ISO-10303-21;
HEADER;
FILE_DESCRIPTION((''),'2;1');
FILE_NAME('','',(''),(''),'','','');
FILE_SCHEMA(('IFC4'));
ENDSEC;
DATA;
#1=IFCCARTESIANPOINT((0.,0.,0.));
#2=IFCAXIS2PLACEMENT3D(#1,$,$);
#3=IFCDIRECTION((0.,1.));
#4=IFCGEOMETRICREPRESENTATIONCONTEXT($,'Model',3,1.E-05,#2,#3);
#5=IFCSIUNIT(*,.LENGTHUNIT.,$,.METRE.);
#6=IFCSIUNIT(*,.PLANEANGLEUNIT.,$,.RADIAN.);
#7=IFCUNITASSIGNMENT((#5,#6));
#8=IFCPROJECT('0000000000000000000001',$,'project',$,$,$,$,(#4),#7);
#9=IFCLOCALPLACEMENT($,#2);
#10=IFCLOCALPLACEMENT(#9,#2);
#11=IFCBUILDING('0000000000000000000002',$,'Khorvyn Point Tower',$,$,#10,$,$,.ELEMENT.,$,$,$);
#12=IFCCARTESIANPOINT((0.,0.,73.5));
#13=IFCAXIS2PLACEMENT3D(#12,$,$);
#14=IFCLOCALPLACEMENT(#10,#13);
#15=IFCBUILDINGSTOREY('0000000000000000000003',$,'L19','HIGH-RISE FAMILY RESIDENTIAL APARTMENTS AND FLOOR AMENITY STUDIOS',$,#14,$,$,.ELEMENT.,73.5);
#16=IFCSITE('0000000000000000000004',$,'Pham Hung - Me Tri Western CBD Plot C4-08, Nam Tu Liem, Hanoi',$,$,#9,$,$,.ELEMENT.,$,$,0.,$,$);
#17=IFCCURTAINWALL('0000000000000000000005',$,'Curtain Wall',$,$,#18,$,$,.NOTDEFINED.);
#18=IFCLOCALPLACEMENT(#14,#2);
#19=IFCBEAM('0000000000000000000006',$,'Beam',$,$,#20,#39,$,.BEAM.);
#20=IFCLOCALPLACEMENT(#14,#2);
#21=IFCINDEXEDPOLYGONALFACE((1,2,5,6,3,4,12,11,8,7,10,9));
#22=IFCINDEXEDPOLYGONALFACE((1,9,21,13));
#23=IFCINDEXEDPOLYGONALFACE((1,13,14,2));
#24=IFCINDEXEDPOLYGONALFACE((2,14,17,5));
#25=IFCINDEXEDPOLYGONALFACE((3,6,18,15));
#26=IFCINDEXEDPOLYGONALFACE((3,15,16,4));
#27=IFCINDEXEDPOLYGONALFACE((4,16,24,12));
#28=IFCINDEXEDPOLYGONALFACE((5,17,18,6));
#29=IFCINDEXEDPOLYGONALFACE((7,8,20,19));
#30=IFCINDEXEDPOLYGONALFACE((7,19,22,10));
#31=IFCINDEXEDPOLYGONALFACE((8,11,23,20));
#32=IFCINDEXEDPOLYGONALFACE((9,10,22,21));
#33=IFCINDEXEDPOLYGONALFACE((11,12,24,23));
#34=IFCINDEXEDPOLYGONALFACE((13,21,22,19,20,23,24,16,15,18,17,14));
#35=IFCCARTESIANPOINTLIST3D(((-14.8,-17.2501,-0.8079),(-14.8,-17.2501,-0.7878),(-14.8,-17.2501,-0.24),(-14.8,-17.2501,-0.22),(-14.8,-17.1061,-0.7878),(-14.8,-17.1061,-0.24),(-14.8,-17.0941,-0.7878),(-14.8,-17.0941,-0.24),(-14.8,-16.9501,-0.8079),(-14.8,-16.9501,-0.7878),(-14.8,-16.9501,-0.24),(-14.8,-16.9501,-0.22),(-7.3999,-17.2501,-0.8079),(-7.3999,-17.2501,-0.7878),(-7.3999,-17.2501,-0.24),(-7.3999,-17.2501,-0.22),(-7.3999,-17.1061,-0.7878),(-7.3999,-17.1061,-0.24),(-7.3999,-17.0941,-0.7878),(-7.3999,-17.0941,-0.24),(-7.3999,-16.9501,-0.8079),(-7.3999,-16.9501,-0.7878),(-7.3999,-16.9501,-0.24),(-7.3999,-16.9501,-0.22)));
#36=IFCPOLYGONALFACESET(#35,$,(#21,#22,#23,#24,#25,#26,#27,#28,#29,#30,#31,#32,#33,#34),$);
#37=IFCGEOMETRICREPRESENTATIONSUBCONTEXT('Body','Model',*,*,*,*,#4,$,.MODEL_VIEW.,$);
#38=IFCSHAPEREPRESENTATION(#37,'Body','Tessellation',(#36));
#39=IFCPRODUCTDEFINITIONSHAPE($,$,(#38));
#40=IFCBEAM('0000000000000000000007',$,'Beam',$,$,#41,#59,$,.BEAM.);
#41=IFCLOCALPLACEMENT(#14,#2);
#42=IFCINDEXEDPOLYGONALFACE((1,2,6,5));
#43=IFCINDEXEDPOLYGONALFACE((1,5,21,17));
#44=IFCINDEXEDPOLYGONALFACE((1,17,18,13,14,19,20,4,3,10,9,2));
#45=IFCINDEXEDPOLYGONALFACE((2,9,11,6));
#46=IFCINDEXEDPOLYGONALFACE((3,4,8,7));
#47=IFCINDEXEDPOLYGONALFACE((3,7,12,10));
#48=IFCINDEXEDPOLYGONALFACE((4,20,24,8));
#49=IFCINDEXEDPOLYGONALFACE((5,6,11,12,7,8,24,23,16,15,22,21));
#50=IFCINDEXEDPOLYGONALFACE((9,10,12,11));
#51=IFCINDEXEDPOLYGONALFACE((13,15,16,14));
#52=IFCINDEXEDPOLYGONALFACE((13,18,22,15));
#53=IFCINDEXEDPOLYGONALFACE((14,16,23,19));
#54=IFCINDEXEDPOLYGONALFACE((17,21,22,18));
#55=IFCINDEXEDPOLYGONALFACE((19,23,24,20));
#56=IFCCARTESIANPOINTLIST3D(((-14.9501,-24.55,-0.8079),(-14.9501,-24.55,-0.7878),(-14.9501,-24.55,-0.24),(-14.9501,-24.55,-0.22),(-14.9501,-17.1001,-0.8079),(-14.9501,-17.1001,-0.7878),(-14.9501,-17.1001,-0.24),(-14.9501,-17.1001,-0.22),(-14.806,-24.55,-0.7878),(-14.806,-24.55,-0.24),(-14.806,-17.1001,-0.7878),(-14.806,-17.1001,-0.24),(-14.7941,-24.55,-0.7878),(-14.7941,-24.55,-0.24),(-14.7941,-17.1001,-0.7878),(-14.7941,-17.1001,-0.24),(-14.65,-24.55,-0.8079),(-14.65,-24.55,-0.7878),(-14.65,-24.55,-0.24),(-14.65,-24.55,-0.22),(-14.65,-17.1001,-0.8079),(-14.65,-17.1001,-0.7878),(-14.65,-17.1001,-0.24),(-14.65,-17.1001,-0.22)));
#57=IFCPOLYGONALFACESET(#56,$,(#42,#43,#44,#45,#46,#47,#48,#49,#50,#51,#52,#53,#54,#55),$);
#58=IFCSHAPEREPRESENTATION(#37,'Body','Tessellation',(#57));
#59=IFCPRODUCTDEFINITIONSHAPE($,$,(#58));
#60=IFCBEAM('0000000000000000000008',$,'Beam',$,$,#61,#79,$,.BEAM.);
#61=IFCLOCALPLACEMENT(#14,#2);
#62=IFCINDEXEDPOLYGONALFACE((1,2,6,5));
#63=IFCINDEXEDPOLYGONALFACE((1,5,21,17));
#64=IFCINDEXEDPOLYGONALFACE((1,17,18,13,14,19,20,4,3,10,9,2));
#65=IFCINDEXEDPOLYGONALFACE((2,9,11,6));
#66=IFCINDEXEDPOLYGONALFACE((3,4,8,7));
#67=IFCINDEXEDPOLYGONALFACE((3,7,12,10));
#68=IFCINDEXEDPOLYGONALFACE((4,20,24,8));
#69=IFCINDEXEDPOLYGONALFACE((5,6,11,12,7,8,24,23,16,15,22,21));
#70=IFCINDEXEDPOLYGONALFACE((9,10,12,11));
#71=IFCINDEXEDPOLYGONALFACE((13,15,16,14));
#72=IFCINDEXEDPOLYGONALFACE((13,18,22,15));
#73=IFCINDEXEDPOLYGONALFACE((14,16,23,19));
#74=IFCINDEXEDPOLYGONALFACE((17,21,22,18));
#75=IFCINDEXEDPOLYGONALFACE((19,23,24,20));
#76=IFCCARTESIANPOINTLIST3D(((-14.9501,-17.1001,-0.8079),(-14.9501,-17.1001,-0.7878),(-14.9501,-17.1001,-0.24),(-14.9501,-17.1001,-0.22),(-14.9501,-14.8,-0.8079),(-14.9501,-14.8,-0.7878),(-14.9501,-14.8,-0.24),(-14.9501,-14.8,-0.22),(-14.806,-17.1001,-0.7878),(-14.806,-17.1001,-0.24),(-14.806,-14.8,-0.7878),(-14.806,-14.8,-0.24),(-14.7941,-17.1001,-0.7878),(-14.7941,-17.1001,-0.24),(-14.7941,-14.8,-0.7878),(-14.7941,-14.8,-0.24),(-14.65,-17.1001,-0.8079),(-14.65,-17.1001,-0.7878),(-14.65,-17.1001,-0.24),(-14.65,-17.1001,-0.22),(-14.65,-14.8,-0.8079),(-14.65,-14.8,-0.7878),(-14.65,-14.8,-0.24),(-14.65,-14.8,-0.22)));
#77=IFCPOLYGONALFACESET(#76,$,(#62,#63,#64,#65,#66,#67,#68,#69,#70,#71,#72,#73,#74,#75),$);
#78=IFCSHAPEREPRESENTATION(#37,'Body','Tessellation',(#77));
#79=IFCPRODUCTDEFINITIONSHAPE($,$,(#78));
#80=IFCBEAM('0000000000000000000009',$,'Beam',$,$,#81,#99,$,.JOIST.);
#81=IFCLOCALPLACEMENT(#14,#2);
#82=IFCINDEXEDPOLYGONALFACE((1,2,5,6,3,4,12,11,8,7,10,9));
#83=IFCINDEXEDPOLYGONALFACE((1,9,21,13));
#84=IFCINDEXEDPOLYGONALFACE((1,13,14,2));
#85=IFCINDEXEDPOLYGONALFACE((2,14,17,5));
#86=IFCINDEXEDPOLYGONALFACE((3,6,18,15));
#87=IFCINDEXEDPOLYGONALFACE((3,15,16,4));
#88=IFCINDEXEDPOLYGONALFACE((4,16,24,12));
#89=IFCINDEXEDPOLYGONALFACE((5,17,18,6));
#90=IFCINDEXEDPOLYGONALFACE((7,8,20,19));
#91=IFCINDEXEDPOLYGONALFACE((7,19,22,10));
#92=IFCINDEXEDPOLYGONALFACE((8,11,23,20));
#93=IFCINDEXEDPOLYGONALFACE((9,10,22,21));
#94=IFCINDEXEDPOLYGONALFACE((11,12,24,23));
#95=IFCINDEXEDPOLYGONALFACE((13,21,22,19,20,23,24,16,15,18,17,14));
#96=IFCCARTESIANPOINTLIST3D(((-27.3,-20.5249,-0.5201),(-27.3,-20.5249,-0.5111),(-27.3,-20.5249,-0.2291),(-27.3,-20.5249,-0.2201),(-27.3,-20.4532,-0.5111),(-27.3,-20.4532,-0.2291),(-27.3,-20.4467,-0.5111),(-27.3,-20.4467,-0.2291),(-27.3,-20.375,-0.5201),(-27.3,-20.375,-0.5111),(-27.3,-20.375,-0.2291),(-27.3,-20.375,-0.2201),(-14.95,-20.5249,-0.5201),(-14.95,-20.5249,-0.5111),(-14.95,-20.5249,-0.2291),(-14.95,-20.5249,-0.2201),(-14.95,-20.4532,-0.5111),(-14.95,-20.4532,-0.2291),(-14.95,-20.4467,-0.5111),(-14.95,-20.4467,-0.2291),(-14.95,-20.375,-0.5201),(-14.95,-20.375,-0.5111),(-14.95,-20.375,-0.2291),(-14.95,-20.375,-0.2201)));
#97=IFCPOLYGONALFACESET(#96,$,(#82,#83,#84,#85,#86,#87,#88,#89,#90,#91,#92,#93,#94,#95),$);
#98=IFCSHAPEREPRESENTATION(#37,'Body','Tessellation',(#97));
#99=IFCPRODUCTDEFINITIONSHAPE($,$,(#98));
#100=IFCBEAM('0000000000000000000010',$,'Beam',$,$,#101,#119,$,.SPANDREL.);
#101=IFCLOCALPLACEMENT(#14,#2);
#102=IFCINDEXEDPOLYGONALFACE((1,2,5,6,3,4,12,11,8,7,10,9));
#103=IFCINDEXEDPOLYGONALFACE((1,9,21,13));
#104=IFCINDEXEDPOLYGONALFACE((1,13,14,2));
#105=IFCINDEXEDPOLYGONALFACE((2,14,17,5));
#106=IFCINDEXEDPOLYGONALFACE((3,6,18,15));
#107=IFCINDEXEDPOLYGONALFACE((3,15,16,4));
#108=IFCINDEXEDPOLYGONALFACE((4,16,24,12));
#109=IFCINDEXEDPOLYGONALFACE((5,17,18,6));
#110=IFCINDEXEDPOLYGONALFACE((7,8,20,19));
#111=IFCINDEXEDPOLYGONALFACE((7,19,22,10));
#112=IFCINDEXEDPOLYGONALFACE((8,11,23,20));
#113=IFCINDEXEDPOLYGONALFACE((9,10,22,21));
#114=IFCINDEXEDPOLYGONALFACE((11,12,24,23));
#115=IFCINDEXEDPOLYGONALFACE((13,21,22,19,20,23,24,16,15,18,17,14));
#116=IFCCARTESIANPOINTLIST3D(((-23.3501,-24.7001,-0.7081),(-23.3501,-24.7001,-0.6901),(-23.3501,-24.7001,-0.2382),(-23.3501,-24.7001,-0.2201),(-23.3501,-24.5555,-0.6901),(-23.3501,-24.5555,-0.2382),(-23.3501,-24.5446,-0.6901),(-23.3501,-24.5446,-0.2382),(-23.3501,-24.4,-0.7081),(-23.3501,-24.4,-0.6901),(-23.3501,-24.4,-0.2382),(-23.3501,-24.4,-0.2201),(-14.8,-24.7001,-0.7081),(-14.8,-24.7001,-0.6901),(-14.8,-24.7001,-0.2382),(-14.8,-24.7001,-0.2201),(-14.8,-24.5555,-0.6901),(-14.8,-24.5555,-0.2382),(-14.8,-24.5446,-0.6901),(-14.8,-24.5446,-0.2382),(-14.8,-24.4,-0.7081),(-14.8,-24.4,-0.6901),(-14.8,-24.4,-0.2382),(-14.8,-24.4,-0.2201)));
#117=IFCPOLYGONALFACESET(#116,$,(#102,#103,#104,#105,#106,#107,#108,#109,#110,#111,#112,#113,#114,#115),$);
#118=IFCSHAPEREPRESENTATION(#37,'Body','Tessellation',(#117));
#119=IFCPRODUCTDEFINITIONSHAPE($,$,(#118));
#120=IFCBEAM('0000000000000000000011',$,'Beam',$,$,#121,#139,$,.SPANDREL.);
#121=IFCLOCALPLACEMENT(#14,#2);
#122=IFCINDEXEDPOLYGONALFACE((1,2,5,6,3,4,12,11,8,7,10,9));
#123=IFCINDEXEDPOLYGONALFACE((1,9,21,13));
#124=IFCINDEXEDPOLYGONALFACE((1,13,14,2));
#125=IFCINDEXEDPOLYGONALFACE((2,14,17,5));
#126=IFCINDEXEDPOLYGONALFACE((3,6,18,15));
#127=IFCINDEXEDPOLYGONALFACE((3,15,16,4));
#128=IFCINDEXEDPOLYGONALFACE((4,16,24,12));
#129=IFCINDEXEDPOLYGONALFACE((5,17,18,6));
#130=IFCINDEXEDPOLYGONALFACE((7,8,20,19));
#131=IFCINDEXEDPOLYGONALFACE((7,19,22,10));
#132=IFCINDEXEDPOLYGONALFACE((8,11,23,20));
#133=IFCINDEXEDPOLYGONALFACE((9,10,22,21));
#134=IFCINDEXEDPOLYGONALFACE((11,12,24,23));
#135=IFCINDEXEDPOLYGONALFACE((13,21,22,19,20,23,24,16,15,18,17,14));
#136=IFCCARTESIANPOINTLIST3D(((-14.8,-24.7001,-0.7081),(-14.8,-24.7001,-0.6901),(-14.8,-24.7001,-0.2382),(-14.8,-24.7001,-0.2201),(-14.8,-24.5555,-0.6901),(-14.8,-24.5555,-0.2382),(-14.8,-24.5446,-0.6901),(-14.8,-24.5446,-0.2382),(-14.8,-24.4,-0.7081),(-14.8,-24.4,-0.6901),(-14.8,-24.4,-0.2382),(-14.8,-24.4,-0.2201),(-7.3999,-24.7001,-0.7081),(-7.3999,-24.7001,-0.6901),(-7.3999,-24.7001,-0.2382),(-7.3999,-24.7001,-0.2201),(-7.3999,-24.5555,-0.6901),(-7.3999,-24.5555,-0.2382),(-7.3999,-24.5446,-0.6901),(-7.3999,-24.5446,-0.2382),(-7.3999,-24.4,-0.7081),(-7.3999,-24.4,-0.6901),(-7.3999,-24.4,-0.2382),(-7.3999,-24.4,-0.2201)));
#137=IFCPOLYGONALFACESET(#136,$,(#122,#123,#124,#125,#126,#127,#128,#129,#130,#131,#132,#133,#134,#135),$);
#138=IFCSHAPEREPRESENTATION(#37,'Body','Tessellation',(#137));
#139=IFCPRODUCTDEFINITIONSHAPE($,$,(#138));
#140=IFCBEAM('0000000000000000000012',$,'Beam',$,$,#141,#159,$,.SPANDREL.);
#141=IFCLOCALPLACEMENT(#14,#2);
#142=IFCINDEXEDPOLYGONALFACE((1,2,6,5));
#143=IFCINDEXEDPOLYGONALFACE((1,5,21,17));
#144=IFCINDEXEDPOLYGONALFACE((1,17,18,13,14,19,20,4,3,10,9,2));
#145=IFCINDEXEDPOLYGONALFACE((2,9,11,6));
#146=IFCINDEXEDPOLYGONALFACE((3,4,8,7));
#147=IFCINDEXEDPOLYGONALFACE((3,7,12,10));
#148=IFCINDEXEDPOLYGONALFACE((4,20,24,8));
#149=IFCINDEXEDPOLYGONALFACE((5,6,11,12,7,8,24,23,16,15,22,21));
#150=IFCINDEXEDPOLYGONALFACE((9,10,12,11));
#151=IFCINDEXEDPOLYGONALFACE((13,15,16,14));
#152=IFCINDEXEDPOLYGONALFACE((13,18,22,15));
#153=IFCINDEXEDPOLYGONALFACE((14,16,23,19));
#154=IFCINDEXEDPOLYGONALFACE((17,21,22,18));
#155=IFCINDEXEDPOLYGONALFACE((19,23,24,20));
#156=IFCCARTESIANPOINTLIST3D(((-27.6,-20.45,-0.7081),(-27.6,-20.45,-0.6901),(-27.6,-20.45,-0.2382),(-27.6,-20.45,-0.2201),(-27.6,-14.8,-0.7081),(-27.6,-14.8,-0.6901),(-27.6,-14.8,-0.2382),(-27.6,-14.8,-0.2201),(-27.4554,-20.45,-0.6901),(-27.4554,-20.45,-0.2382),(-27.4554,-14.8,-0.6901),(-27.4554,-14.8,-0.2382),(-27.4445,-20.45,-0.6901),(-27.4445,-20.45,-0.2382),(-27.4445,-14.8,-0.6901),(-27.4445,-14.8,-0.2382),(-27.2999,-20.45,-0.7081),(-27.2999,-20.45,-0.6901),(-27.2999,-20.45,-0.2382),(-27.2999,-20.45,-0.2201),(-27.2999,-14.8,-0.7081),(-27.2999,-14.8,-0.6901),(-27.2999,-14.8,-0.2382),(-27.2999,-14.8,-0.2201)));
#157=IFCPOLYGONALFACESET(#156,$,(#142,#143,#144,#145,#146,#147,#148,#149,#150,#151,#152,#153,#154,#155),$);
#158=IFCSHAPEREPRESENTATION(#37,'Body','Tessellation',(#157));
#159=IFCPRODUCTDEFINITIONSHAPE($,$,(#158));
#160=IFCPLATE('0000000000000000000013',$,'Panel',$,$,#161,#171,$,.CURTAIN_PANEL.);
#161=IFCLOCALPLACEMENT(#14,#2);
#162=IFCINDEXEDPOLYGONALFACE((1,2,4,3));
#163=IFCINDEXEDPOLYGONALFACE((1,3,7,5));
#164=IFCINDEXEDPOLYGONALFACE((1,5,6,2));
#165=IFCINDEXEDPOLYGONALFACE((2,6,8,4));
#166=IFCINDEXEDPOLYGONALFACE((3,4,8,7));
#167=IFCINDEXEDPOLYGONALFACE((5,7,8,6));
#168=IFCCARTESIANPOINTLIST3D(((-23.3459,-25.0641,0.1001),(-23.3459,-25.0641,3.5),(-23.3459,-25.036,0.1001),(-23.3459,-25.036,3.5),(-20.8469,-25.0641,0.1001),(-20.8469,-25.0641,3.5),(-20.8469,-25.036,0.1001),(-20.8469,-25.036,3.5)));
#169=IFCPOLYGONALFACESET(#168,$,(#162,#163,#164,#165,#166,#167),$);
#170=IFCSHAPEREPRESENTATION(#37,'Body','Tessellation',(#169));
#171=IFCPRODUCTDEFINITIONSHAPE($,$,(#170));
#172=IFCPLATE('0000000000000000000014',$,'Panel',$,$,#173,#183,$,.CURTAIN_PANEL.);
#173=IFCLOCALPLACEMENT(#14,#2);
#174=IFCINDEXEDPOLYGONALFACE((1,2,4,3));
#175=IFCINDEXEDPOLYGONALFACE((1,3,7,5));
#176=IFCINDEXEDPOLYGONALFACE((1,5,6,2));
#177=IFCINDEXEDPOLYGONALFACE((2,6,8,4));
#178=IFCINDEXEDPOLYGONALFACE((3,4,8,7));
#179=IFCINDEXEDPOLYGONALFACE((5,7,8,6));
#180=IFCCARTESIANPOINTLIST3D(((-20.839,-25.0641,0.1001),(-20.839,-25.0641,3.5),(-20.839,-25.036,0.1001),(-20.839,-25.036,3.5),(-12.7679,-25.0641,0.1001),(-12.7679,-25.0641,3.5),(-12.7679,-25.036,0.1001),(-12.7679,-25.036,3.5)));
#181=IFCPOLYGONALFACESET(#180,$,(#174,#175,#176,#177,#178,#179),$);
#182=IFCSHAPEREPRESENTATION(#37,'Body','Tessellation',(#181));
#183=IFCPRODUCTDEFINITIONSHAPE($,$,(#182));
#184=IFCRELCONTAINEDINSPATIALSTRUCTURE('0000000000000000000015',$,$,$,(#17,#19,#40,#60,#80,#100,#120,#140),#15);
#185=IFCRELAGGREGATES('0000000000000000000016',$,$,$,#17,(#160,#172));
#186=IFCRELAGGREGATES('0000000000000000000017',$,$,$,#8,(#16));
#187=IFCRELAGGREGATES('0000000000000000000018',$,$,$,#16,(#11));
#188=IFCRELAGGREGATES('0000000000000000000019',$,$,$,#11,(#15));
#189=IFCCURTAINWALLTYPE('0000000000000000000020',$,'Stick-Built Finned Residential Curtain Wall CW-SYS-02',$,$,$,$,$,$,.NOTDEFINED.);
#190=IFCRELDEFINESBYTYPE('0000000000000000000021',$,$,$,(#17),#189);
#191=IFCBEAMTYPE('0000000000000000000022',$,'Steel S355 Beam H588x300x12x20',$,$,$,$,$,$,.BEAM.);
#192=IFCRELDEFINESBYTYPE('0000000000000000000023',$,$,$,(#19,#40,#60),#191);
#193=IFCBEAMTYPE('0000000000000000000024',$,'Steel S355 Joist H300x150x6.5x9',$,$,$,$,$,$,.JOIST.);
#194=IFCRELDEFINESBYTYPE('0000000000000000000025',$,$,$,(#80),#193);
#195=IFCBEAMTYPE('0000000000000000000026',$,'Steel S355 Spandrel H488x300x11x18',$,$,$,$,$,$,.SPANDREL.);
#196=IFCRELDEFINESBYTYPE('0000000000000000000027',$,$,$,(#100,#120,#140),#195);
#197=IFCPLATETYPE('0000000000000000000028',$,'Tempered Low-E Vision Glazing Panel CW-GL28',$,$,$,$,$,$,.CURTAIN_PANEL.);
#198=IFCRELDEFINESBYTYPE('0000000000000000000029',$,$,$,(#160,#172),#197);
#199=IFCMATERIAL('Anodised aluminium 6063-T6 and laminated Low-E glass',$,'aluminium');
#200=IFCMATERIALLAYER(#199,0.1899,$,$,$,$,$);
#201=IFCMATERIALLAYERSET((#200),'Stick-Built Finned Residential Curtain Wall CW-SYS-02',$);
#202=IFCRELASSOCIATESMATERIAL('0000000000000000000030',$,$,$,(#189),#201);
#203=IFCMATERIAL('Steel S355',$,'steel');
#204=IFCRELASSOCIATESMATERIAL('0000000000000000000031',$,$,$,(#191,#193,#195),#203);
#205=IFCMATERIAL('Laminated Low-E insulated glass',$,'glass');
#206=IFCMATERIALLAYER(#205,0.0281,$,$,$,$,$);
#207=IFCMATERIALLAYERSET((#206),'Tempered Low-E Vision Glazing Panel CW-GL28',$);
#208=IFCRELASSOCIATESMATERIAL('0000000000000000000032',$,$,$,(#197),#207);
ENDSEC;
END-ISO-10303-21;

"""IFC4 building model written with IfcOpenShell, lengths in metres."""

from ifc_helpers import new_model, si_unit, direction, frame, origin, origin_2d, place, context, subcontext, project, spatial, rectangle, i_section, extrude, material, layer, layer_set, material_profile, profile_set, type_object, element, aggregate, save


model = new_model("IFC4")

# Units and contexts
model_context = context("Model", 3, precision=1e-05, world=origin(), true_north=direction((0.0, 1.0)))
body_context = subcontext(model_context, "Body", "Model", "MODEL_VIEW")
ifc_project = project(units=[si_unit("LENGTHUNIT", "METRE"), si_unit("PLANEANGLEUNIT", "RADIAN")], contexts=[model_context])

# Site, building, storey
site_placement = place(None, origin())
site = spatial("IfcSite", under=ifc_project, at=site_placement, Name="Pham Hung - Me Tri Western CBD Plot C4-08, Nam Tu Liem, Hanoi", CompositionType="ELEMENT", RefElevation=0.0)
building_placement = place(site_placement, origin())
building = spatial("IfcBuilding", under=site, at=building_placement, Name="Khorvyn Point Tower", CompositionType="ELEMENT")
storey_placement = place(building_placement, frame((0.0, 0.0, 73.5)))
storey = spatial("IfcBuildingStorey", under=building, at=storey_placement, Name="L19", Description="HIGH-RISE FAMILY RESIDENTIAL APARTMENTS AND FLOOR AMENITY STUDIOS", CompositionType="ELEMENT", Elevation=73.5)

# Curtain wall
ifc_material_1 = material(Name="Anodised aluminium 6063-T6 and laminated Low-E glass", Category="aluminium")
ifc_layer_1 = layer(ifc_material_1, 0.1899)
ifc_layer_set_1 = layer_set([ifc_layer_1], Name="Stick-Built Finned Residential Curtain Wall CW-SYS-02")
curtain_wall_type = type_object("IfcCurtainWallType", Name="Stick-Built Finned Residential Curtain Wall CW-SYS-02", PredefinedType="NOTDEFINED", material=ifc_layer_set_1)
curtain_wall_1_placement = place(storey_placement, origin())
curtain_wall_1 = element("IfcCurtainWall", 1, at=curtain_wall_1_placement, inside=storey, type_object=curtain_wall_type, Name="Curtain Wall", PredefinedType="NOTDEFINED")

# Beams
ifc_material_2 = material(Name="Steel S355", Category="steel")
ifc_material_profile_1 = material_profile(ifc_material_2, i_section(OverallWidth=0.3, OverallDepth=0.5879, WebThickness=0.012, FlangeThickness=0.02, at=origin_2d()))
ifc_profile_set_1 = profile_set([ifc_material_profile_1], Name="Steel S355 H588x300x12x20")
beam_type_1 = type_object("IfcBeamType", Name="Steel S355 Beam H588x300x12x20", PredefinedType="BEAM", material=ifc_profile_set_1)
beam_1_placement = place(storey_placement, frame((-14.8, -17.1001, -0.5139), z_axis=(1.0, 0.0, 0.0), x_axis=(0.0, 1.0, 0.0)))
element("IfcBeam", 2, at=beam_1_placement, inside=storey, type_object=beam_type_1, Name="Beam", PredefinedType="BEAM", context=body_context, shape_type="SweptSolid", body=[
    extrude(i_section(OverallWidth=0.3, OverallDepth=0.5879, WebThickness=0.012, FlangeThickness=0.02, at=origin_2d()), origin(), (0.0, 0.0, 1.0), 7.4001),
])
beam_2_placement = place(storey_placement, frame((-14.8, -24.55, -0.5139), z_axis=(0.0, 1.0, 0.0), x_axis=(-1.0, 0.0, 0.0)))
element("IfcBeam", 3, at=beam_2_placement, inside=storey, type_object=beam_type_1, Name="Beam", PredefinedType="BEAM", context=body_context, shape_type="SweptSolid", body=[
    extrude(i_section(OverallWidth=0.3, OverallDepth=0.5879, WebThickness=0.012, FlangeThickness=0.02, at=origin_2d()), origin(), (0.0, 0.0, 1.0), 7.45),
])
beam_3_placement = place(storey_placement, frame((-14.8, -17.1001, -0.5139), z_axis=(0.0, 1.0, 0.0), x_axis=(-1.0, 0.0, 0.0)))
element("IfcBeam", 4, at=beam_3_placement, inside=storey, type_object=beam_type_1, Name="Beam", PredefinedType="BEAM", context=body_context, shape_type="SweptSolid", body=[
    extrude(i_section(OverallWidth=0.3, OverallDepth=0.5879, WebThickness=0.012, FlangeThickness=0.02, at=origin_2d()), origin(), (0.0, 0.0, 1.0), 2.3),
])
ifc_material_profile_2 = material_profile(ifc_material_2, i_section(OverallWidth=0.1499, OverallDepth=0.3, WebThickness=0.0066, FlangeThickness=0.009, at=origin_2d()))
ifc_profile_set_2 = profile_set([ifc_material_profile_2], Name="Steel S355 H300x150x6.5x9")
beam_type_2 = type_object("IfcBeamType", Name="Steel S355 Joist H300x150x6.5x9", PredefinedType="JOIST", material=ifc_profile_set_2)
beam_4_placement = place(storey_placement, frame((-27.3, -20.45, -0.3701), z_axis=(1.0, 0.0, 0.0), x_axis=(0.0, 1.0, 0.0)))
element("IfcBeam", 5, at=beam_4_placement, inside=storey, type_object=beam_type_2, Name="Beam", PredefinedType="JOIST", context=body_context, shape_type="SweptSolid", body=[
    extrude(i_section(OverallWidth=0.1499, OverallDepth=0.3, WebThickness=0.0066, FlangeThickness=0.009, at=origin_2d()), origin(), (0.0, 0.0, 1.0), 12.3501),
])
ifc_material_profile_3 = material_profile(ifc_material_2, i_section(OverallWidth=0.3, OverallDepth=0.488, WebThickness=0.011, FlangeThickness=0.0181, at=origin_2d()))
ifc_profile_set_3 = profile_set([ifc_material_profile_3], Name="Steel S355 H488x300x11x18")
beam_type_3 = type_object("IfcBeamType", Name="Steel S355 Spandrel H488x300x11x18", PredefinedType="SPANDREL", material=ifc_profile_set_3)
beam_5_placement = place(storey_placement, frame((-23.3501, -24.55, -0.4641), z_axis=(1.0, 0.0, 0.0), x_axis=(0.0, 1.0, 0.0)))
element("IfcBeam", 6, at=beam_5_placement, inside=storey, type_object=beam_type_3, Name="Beam", PredefinedType="SPANDREL", context=body_context, shape_type="SweptSolid", body=[
    extrude(i_section(OverallWidth=0.3, OverallDepth=0.488, WebThickness=0.011, FlangeThickness=0.0181, at=origin_2d()), origin(), (0.0, 0.0, 1.0), 8.55),
])
beam_6_placement = place(storey_placement, frame((-14.8, -24.55, -0.4641), z_axis=(1.0, 0.0, 0.0), x_axis=(0.0, 1.0, 0.0)))
element("IfcBeam", 7, at=beam_6_placement, inside=storey, type_object=beam_type_3, Name="Beam", PredefinedType="SPANDREL", context=body_context, shape_type="SweptSolid", body=[
    extrude(i_section(OverallWidth=0.3, OverallDepth=0.488, WebThickness=0.011, FlangeThickness=0.0181, at=origin_2d()), origin(), (0.0, 0.0, 1.0), 7.4001),
])
beam_7_placement = place(storey_placement, frame((-27.45, -20.45, -0.4641), z_axis=(0.0, 1.0, 0.0), x_axis=(-1.0, 0.0, 0.0)))
element("IfcBeam", 8, at=beam_7_placement, inside=storey, type_object=beam_type_3, Name="Beam", PredefinedType="SPANDREL", context=body_context, shape_type="SweptSolid", body=[
    extrude(i_section(OverallWidth=0.3, OverallDepth=0.488, WebThickness=0.011, FlangeThickness=0.0181, at=origin_2d()), origin(), (0.0, 0.0, 1.0), 5.6499),
])

# Plates
ifc_material_3 = material(Name="Laminated Low-E insulated glass", Category="glass")
ifc_layer_2 = layer(ifc_material_3, 0.0281)
ifc_layer_set_2 = layer_set([ifc_layer_2], Name="Tempered Low-E Vision Glazing Panel CW-GL28")
plate_type = type_object("IfcPlateType", Name="Tempered Low-E Vision Glazing Panel CW-GL28", PredefinedType="CURTAIN_PANEL", material=ifc_layer_set_2)
plate_1_placement = place(storey_placement, frame((-22.0964, -25.05, 0.1001), z_axis=(0.0, 0.0, 1.0), x_axis=(-1.0, 0.0, 0.0)))
plate_1 = element("IfcPlate", 9, at=plate_1_placement, type_object=plate_type, Name="Panel", PredefinedType="CURTAIN_PANEL", context=body_context, shape_type="SweptSolid", body=[
    extrude(rectangle(XDim=2.499, YDim=0.0281, at=origin_2d()), origin(), (0.0, 0.0, 1.0), 3.3999),
])
plate_2_placement = place(storey_placement, frame((-16.8035, -25.05, 0.1001), z_axis=(0.0, 0.0, 1.0), x_axis=(-1.0, 0.0, 0.0)))
plate_2 = element("IfcPlate", 10, at=plate_2_placement, type_object=plate_type, Name="Panel", PredefinedType="CURTAIN_PANEL", context=body_context, shape_type="SweptSolid", body=[
    extrude(rectangle(XDim=8.071, YDim=0.0281, at=origin_2d()), origin(), (0.0, 0.0, 1.0), 3.3999),
])
aggregate(curtain_wall_1, [plate_1, plate_2])

save(model, "model.ifc")
